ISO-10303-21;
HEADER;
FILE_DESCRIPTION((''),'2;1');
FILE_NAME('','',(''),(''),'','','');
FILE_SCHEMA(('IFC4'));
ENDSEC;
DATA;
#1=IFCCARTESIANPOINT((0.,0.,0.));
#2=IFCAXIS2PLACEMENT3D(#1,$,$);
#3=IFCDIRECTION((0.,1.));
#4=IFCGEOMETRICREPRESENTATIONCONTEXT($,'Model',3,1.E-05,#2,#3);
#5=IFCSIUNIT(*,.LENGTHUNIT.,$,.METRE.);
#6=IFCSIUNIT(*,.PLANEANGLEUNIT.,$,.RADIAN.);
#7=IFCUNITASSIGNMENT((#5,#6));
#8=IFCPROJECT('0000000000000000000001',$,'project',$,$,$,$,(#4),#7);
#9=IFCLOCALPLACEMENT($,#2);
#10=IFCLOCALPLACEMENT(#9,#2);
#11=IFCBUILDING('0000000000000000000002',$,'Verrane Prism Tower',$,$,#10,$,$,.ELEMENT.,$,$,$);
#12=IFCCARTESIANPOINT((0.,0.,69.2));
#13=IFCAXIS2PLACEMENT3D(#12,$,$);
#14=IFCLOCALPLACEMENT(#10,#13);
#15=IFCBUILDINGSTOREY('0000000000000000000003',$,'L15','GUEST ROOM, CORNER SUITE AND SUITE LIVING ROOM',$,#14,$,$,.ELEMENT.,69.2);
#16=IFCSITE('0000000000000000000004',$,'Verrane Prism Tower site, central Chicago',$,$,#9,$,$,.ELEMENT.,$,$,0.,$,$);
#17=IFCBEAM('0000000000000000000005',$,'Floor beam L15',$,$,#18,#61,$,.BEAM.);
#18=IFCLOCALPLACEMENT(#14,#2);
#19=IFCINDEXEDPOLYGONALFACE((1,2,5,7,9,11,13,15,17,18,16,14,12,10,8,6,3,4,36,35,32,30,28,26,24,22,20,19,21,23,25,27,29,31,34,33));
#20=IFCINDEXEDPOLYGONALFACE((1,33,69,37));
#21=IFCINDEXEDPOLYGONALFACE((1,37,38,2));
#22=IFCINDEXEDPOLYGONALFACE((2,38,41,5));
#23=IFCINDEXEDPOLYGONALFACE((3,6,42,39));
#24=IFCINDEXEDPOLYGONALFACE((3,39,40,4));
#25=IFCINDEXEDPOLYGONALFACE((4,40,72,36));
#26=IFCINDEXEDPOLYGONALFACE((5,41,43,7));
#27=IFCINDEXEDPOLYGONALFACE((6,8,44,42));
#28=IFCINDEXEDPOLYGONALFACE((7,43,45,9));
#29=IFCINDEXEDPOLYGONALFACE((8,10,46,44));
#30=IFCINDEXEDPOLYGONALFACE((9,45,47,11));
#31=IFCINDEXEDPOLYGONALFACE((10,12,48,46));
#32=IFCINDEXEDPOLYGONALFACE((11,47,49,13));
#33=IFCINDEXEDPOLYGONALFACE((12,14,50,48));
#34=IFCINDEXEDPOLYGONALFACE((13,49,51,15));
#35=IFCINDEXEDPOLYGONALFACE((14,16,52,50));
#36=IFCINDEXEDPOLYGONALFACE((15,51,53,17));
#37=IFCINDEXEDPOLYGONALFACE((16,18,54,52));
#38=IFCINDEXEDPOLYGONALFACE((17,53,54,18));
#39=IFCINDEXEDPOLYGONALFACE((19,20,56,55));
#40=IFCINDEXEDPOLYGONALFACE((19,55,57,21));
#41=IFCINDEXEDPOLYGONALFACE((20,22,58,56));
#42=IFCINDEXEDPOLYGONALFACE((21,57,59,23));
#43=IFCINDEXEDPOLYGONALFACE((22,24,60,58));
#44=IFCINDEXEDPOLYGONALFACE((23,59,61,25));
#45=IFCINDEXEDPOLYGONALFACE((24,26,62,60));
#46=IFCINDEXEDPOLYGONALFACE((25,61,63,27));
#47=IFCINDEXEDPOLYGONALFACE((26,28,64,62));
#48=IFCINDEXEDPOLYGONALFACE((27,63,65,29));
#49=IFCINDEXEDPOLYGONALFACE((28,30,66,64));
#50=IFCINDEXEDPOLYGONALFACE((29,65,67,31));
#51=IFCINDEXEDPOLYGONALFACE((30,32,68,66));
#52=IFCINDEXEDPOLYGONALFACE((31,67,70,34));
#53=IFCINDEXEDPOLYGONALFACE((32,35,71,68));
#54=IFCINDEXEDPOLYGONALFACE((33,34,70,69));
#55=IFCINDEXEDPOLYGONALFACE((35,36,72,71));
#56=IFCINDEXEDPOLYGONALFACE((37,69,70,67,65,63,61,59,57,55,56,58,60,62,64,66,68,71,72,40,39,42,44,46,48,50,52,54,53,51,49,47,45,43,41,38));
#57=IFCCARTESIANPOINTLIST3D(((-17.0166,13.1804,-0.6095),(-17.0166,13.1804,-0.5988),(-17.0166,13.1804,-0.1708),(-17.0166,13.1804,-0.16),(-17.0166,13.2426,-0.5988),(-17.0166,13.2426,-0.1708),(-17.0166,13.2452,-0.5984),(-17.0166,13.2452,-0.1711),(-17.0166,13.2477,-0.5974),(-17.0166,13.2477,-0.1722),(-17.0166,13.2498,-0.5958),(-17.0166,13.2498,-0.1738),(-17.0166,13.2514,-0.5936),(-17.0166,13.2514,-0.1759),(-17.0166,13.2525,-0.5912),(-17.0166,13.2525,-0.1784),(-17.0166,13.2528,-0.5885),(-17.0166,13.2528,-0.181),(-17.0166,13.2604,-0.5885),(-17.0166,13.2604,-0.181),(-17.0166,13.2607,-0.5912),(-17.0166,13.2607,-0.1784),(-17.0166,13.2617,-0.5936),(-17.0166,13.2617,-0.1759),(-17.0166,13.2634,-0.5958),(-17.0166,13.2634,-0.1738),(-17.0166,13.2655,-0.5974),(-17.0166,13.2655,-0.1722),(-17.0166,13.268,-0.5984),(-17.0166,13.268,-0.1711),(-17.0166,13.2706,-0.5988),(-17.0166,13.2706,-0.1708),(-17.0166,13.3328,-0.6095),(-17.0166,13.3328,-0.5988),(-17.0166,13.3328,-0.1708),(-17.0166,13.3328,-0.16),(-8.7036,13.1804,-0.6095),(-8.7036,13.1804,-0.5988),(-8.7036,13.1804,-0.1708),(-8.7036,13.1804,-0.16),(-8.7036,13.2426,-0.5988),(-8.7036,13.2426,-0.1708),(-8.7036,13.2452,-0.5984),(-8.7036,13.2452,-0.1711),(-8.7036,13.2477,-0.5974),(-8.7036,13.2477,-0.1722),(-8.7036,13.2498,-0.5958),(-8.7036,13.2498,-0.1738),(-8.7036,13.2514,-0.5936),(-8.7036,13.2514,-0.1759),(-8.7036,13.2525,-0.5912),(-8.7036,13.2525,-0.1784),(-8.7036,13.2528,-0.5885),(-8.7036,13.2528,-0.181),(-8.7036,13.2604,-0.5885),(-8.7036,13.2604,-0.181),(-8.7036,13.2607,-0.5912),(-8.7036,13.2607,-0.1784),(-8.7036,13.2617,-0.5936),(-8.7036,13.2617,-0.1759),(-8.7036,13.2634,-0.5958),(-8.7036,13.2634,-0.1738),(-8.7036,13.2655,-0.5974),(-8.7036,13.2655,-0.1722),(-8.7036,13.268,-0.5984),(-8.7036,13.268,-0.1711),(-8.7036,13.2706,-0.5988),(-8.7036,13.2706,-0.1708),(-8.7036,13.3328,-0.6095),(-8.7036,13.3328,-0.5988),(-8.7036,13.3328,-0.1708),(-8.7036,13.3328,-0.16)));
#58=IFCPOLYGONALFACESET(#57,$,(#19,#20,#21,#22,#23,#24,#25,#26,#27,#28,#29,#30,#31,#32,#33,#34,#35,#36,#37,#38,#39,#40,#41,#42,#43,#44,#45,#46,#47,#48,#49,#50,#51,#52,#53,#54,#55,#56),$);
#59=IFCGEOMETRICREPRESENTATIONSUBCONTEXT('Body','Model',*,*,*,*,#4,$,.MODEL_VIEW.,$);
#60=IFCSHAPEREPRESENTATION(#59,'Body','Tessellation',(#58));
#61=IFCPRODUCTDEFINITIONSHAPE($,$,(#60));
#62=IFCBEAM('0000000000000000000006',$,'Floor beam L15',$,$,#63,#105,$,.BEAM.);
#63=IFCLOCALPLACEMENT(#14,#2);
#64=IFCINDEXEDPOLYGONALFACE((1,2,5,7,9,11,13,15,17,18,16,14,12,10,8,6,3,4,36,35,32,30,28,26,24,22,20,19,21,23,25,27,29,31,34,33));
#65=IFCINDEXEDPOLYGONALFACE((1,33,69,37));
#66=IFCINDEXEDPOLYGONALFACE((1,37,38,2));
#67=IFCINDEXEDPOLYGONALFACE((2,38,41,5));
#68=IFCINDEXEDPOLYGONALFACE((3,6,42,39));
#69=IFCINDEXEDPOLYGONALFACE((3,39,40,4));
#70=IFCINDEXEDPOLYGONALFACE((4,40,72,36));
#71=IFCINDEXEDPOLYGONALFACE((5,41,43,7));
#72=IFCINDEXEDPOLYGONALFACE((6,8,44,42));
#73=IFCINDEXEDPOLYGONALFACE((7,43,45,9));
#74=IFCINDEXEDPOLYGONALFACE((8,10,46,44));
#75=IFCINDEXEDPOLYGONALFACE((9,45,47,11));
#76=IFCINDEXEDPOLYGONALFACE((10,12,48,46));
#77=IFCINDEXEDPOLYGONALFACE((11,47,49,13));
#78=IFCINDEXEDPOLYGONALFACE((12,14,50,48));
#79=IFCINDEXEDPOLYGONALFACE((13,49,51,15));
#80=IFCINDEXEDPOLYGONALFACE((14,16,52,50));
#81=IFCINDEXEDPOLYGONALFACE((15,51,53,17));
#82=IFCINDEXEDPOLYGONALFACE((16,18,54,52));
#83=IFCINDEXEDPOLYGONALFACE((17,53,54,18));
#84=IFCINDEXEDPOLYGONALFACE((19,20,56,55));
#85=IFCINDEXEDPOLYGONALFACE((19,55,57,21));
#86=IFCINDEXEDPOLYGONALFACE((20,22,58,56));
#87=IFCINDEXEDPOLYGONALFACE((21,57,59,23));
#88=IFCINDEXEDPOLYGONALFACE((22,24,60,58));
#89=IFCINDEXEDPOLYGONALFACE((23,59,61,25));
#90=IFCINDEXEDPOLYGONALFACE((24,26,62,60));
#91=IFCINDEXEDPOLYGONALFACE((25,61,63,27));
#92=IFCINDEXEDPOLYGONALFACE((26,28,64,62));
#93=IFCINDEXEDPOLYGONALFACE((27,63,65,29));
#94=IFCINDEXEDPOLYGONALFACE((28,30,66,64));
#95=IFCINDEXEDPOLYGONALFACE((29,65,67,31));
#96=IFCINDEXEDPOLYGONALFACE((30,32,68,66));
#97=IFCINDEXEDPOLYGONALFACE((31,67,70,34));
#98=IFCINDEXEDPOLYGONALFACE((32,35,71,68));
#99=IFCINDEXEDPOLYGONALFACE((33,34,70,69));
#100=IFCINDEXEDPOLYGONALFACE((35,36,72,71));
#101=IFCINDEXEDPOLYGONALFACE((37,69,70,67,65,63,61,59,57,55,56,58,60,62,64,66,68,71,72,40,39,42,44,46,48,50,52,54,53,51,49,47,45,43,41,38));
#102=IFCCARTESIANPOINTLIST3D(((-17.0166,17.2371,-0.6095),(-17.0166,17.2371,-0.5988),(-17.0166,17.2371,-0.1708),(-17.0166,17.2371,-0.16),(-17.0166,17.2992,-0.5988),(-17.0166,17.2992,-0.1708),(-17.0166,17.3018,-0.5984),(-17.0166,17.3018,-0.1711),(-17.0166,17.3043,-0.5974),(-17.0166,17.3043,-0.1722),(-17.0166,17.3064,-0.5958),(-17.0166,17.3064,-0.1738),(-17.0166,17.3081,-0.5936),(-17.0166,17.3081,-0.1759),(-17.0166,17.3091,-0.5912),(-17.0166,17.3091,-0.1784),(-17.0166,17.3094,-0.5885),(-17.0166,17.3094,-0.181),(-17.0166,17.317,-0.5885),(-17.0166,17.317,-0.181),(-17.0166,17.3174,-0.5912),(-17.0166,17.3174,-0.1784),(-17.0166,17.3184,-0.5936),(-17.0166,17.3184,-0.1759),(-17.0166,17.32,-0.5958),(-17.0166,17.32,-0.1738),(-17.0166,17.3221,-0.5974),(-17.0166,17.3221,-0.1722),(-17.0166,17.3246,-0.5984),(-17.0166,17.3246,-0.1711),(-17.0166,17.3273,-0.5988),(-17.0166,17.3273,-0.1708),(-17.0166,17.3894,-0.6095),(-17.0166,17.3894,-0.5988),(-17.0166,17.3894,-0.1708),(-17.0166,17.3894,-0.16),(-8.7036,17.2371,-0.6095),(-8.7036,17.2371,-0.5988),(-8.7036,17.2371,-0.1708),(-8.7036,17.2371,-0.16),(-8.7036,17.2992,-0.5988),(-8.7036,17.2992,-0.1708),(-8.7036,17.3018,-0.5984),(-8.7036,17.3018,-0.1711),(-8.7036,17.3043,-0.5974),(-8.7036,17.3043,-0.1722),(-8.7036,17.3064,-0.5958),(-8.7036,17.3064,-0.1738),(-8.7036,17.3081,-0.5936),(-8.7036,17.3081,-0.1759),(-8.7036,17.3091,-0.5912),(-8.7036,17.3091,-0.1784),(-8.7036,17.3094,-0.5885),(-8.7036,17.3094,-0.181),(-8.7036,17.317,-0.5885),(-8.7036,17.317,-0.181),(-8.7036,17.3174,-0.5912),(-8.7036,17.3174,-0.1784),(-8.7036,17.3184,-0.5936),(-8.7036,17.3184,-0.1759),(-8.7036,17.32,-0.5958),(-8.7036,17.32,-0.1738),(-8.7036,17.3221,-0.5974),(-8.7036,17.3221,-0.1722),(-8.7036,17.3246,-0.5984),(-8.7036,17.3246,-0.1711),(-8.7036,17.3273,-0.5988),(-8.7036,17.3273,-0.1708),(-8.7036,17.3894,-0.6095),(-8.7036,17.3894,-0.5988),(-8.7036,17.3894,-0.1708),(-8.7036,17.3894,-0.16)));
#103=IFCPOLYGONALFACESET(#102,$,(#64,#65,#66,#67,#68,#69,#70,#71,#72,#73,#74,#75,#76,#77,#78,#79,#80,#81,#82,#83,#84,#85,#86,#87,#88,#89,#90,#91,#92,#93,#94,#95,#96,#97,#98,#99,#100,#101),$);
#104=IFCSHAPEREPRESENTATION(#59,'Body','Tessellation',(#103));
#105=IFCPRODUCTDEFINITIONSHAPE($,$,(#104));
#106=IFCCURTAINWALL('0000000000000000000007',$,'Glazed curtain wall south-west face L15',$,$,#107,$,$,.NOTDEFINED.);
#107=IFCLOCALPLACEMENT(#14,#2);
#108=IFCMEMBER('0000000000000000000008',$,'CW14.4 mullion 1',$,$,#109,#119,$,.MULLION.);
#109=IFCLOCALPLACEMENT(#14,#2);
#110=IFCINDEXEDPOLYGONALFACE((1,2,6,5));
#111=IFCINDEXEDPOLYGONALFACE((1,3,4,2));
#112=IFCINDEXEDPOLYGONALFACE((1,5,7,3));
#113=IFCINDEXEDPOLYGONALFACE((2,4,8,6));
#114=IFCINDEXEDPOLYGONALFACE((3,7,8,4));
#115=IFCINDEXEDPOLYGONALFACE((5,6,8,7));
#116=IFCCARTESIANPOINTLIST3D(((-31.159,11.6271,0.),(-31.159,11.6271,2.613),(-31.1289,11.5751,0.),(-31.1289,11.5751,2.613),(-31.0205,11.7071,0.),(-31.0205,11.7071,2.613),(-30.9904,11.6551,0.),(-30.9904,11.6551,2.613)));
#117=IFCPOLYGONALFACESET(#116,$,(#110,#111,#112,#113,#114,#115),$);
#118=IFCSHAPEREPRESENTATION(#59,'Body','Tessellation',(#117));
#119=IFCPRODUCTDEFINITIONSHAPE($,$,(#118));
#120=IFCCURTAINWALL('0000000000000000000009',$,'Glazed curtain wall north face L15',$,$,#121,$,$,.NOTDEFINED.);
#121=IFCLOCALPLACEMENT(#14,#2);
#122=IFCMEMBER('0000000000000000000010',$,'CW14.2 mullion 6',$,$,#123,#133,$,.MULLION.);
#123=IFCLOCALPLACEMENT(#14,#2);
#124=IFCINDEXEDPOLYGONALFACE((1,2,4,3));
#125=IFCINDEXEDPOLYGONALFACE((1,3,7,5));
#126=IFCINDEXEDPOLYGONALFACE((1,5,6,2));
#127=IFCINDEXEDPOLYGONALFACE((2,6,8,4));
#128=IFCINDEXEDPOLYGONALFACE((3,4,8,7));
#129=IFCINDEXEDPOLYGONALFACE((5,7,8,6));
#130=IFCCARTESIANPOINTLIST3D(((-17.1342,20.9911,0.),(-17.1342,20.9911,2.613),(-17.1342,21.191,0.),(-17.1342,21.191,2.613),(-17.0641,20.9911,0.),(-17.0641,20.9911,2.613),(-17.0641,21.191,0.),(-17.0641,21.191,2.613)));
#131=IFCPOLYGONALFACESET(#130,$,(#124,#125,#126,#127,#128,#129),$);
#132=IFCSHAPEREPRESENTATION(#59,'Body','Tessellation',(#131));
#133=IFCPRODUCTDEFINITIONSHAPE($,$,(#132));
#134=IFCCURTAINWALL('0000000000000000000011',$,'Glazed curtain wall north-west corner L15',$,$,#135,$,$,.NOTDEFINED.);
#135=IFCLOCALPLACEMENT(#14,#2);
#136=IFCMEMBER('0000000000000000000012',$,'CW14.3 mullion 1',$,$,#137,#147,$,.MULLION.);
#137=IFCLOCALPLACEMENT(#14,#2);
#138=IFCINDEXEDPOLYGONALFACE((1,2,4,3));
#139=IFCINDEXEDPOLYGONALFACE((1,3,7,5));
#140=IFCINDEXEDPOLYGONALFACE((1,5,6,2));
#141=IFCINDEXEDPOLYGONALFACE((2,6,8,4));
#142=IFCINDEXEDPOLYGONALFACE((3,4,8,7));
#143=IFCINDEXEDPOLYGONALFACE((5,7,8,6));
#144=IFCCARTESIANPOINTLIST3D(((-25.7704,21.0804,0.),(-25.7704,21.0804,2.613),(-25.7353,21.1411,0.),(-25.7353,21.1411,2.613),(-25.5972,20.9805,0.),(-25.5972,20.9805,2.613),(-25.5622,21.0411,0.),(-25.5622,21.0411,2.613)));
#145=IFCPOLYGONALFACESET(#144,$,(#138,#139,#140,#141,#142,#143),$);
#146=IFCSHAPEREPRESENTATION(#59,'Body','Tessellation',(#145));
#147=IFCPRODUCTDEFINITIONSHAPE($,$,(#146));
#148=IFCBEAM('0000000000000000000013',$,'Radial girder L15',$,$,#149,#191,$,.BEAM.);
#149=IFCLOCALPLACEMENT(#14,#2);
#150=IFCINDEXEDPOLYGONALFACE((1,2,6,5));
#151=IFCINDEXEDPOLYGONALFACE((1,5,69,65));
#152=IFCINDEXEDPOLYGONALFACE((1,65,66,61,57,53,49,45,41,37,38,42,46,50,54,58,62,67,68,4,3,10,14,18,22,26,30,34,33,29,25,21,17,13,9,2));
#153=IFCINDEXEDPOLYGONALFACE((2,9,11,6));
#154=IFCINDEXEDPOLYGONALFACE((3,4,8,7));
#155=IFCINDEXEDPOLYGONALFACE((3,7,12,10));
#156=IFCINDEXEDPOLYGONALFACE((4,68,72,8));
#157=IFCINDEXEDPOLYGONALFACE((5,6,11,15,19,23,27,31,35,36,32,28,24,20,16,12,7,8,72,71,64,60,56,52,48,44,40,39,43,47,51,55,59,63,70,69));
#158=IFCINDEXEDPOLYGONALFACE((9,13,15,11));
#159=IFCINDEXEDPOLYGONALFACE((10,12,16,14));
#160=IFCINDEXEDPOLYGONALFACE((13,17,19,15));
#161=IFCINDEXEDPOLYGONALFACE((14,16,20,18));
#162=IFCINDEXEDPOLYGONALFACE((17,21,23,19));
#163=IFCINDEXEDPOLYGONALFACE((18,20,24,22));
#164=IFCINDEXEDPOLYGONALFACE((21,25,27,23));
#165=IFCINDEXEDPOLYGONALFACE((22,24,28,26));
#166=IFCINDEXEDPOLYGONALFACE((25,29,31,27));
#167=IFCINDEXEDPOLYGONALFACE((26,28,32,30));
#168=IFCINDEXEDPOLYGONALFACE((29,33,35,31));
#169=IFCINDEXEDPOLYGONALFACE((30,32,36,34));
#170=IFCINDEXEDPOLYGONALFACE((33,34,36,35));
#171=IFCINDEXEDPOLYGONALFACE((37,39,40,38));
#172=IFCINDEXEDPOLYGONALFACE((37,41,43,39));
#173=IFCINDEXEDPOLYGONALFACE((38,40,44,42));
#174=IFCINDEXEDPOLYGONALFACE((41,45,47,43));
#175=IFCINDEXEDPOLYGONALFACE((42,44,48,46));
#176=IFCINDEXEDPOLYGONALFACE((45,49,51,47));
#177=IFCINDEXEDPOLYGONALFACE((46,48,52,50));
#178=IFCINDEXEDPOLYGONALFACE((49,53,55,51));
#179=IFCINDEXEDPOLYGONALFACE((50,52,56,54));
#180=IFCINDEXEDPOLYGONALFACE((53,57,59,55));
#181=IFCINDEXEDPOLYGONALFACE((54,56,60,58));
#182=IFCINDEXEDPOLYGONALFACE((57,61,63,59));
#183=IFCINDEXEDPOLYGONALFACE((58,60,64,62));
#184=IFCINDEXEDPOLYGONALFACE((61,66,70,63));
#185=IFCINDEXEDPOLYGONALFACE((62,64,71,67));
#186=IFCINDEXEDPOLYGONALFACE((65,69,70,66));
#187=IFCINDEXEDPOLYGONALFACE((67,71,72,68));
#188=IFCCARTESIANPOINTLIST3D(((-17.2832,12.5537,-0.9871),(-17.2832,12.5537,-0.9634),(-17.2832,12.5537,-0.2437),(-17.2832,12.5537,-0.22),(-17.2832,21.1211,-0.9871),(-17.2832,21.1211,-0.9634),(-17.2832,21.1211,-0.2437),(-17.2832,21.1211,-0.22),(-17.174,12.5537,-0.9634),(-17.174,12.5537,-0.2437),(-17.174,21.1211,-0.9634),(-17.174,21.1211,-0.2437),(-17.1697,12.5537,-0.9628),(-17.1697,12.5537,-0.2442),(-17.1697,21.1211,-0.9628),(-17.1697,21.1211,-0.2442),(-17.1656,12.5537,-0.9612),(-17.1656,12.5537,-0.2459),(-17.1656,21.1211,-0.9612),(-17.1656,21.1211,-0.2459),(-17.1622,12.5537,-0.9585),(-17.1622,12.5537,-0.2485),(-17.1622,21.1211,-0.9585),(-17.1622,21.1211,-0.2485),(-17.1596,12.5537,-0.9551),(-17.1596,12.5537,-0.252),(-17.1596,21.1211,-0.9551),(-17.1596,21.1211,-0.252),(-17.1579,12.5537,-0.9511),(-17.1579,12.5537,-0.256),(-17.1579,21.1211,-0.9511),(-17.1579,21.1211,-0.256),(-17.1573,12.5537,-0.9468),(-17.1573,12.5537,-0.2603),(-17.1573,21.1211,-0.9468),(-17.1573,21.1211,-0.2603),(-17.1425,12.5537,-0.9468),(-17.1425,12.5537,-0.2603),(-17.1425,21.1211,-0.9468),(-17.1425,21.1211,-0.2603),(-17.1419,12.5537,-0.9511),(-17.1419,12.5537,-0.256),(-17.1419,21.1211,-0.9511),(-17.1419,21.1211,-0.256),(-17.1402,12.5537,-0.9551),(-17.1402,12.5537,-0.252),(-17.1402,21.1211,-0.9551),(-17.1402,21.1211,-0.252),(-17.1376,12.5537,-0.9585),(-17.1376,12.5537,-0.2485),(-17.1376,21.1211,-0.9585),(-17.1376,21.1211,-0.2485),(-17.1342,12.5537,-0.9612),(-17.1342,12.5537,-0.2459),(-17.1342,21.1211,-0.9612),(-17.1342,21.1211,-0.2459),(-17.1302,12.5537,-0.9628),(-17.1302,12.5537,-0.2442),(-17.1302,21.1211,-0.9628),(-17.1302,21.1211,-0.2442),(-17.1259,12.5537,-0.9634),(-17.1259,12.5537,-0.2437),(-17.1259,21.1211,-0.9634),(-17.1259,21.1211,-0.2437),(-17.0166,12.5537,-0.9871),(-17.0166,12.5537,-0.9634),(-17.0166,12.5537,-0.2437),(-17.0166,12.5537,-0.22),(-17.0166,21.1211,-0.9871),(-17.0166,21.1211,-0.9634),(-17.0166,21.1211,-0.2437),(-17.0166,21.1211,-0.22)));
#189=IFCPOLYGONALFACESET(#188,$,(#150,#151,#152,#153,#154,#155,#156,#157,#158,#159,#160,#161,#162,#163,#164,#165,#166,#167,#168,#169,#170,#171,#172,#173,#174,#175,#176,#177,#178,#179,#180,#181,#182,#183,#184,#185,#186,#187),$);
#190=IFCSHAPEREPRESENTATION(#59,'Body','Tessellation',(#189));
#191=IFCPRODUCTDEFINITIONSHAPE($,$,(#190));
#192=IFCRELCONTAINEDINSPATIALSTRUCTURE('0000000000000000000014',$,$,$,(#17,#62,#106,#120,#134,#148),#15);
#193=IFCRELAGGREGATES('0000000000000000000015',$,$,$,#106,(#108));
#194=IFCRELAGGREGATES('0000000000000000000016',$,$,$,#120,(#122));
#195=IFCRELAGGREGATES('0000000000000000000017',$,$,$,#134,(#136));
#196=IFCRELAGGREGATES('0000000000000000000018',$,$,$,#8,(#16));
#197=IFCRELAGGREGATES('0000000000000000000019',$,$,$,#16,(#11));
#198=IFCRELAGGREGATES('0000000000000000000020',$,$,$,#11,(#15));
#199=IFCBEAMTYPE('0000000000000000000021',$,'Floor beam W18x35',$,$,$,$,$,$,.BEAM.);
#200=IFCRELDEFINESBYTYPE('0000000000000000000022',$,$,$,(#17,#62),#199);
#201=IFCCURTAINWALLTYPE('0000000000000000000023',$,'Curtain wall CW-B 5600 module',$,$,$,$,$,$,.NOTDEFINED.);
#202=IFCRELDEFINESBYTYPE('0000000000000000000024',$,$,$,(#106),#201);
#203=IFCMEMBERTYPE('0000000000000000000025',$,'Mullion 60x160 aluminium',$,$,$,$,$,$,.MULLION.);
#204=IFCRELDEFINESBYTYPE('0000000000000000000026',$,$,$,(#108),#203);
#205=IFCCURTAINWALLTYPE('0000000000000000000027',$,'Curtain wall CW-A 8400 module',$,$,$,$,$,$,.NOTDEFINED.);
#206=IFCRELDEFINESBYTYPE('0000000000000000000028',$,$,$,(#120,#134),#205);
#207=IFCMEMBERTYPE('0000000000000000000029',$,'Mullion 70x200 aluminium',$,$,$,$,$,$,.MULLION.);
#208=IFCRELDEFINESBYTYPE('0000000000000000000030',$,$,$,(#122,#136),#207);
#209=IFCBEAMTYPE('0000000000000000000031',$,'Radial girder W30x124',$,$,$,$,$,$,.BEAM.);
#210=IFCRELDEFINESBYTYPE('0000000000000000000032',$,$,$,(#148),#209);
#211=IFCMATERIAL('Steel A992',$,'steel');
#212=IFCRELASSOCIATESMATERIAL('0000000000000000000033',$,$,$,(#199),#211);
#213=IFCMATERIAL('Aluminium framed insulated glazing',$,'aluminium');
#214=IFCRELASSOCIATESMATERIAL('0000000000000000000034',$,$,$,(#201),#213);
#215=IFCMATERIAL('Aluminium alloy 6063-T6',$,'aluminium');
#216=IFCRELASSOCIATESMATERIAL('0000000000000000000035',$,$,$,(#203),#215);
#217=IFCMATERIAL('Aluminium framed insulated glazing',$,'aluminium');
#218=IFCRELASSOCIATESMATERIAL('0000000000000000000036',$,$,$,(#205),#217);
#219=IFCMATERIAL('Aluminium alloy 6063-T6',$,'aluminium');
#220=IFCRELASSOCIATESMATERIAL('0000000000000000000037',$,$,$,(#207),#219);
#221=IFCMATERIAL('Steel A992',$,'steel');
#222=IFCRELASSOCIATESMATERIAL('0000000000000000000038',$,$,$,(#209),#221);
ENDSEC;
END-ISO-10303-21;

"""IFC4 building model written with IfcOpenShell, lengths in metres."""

from ifc_helpers import new_model, si_unit, direction, frame, origin, origin_2d, place, context, subcontext, project, spatial, rectangle, i_section, extrude, material, material_profile, profile_set, type_object, element, aggregate, save


model = new_model("IFC4")

# Units and contexts
model_context = context("Model", 3, precision=1e-05, world=origin(), true_north=direction((0.0, 1.0)))
body_context = subcontext(model_context, "Body", "Model", "MODEL_VIEW")
ifc_project = project(units=[si_unit("LENGTHUNIT", "METRE"), si_unit("PLANEANGLEUNIT", "RADIAN")], contexts=[model_context])

# Site, building, storey
site_placement = place(None, origin())
site = spatial("IfcSite", under=ifc_project, at=site_placement, Name="Verrane Prism Tower site, central Chicago", CompositionType="ELEMENT", RefElevation=0.0)
building_placement = place(site_placement, origin())
building = spatial("IfcBuilding", under=site, at=building_placement, Name="Verrane Prism Tower", CompositionType="ELEMENT")
storey_placement = place(building_placement, frame((0.0, 0.0, 69.2)))
storey = spatial("IfcBuildingStorey", under=building, at=storey_placement, Name="L15", Description="GUEST ROOM, CORNER SUITE AND SUITE LIVING ROOM", CompositionType="ELEMENT", Elevation=69.2)

# Beams
ifc_material_1 = material(Name="Steel A992", Category="steel")
ifc_material_profile_1 = material_profile(ifc_material_1, i_section(OverallWidth=0.1523, OverallDepth=0.4495, WebThickness=0.0076, FlangeThickness=0.0107, FilletRadius=0.0103, at=origin_2d()), Name="W18x35")
ifc_profile_set_1 = profile_set([ifc_material_profile_1], Name="Steel A992")
beam_type_1 = type_object("IfcBeamType", Name="Floor beam W18x35", PredefinedType="BEAM", material=ifc_profile_set_1)
for number, where, z_axis, x_axis, name in (
    (1, (-17.0166, 13.2566, -0.3848), (1.0, 0.0, 0.0), (0.0, 1.0, 0.0), "Floor beam L15"),
    (2, (-17.0166, 17.3132, -0.3848), (1.0, 0.0, 0.0), (0.0, 1.0, 0.0), "Floor beam L15"),
):
    element("IfcBeam", number, at=place(storey_placement, frame(where, z_axis=z_axis, x_axis=x_axis)), inside=storey, type_object=beam_type_1, Name=name, PredefinedType="BEAM", context=body_context, shape_type="SweptSolid", body=[
        extrude(i_section(OverallWidth=0.1523, OverallDepth=0.4495, WebThickness=0.0076, FlangeThickness=0.0107, FilletRadius=0.0103, at=origin_2d()), origin(), (0.0, 0.0, 1.0), 8.313),
    ])

# Curtain walls, members
ifc_material_2 = material(Name="Aluminium framed insulated glazing", Category="aluminium")
curtain_wall_type_1 = type_object("IfcCurtainWallType", Name="Curtain wall CW-B 5600 module", PredefinedType="NOTDEFINED", material=ifc_material_2)
curtain_wall_1_placement = place(storey_placement, origin())
curtain_wall_1 = element("IfcCurtainWall", 3, at=curtain_wall_1_placement, inside=storey, type_object=curtain_wall_type_1, Name="Glazed curtain wall south-west face L15", PredefinedType="NOTDEFINED")
ifc_material_3 = material(Name="Aluminium alloy 6063-T6", Category="aluminium")
ifc_material_profile_2 = material_profile(ifc_material_3, rectangle(XDim=0.1599, YDim=0.0601, at=origin_2d()), Name="Mullion 60x160 aluminium")
ifc_profile_set_2 = profile_set([ifc_material_profile_2], Name="Aluminium alloy 6063-T6")
member_type_1 = type_object("IfcMemberType", Name="Mullion 60x160 aluminium", PredefinedType="MULLION", material=ifc_profile_set_2)
member_1_placement = place(storey_placement, frame((-31.0747, 11.6411, 0.0), z_axis=(0.0, 0.0, 1.0), x_axis=(0.866025, 0.5, 0.0)))
member_1 = element("IfcMember", 4, at=member_1_placement, type_object=member_type_1, Name="CW14.4 mullion 1", PredefinedType="MULLION", context=body_context, shape_type="SweptSolid", body=[
    extrude(rectangle(XDim=0.1599, YDim=0.0601, at=origin_2d()), origin(), (0.0, 0.0, 1.0), 2.613),
])
ifc_material_4 = material(Name="Aluminium framed insulated glazing", Category="aluminium")
curtain_wall_type_2 = type_object("IfcCurtainWallType", Name="Curtain wall CW-A 8400 module", PredefinedType="NOTDEFINED", material=ifc_material_4)
curtain_wall_2_placement = place(storey_placement, origin())
curtain_wall_2 = element("IfcCurtainWall", 5, at=curtain_wall_2_placement, inside=storey, type_object=curtain_wall_type_2, Name="Glazed curtain wall north face L15", PredefinedType="NOTDEFINED")
ifc_material_5 = material(Name="Aluminium alloy 6063-T6", Category="aluminium")
ifc_material_profile_3 = material_profile(ifc_material_5, rectangle(XDim=0.2, YDim=0.0701, at=origin_2d()), Name="Mullion 70x200 aluminium")
ifc_profile_set_3 = profile_set([ifc_material_profile_3], Name="Aluminium alloy 6063-T6")
member_type_2 = type_object("IfcMemberType", Name="Mullion 70x200 aluminium", PredefinedType="MULLION", material=ifc_profile_set_3)
member_2_placement = place(storey_placement, frame((-17.0991, 21.0911, 0.0), z_axis=(0.0, 0.0, 1.0), x_axis=(0.0, -1.0, 0.0)))
member_2 = element("IfcMember", 6, at=member_2_placement, type_object=member_type_2, Name="CW14.2 mullion 6", PredefinedType="MULLION", context=body_context, shape_type="SweptSolid", body=[
    extrude(rectangle(XDim=0.2, YDim=0.0701, at=origin_2d()), origin(), (0.0, 0.0, 1.0), 2.613),
])
curtain_wall_3_placement = place(storey_placement, origin())
curtain_wall_3 = element("IfcCurtainWall", 7, at=curtain_wall_3_placement, inside=storey, type_object=curtain_wall_type_2, Name="Glazed curtain wall north-west corner L15", PredefinedType="NOTDEFINED")
member_3_placement = place(storey_placement, frame((-25.6663, 21.0608, 0.0), z_axis=(0.0, 0.0, 1.0), x_axis=(0.866027, -0.499997, 0.0)))
member_3 = element("IfcMember", 8, at=member_3_placement, type_object=member_type_2, Name="CW14.3 mullion 1", PredefinedType="MULLION", context=body_context, shape_type="SweptSolid", body=[
    extrude(rectangle(XDim=0.2, YDim=0.0701, at=origin_2d()), origin(), (0.0, 0.0, 1.0), 2.613),
])

# Beam
ifc_material_6 = material(Name="Steel A992", Category="steel")
ifc_material_profile_4 = material_profile(ifc_material_6, i_section(OverallWidth=0.2666, OverallDepth=0.7671, WebThickness=0.0149, FlangeThickness=0.0237, FilletRadius=0.0166, at=origin_2d()), Name="W30x124")
ifc_profile_set_4 = profile_set([ifc_material_profile_4], Name="Steel A992")
beam_type_2 = type_object("IfcBeamType", Name="Radial girder W30x124", PredefinedType="BEAM", material=ifc_profile_set_4)
beam_1_placement = place(storey_placement, frame((-17.1499, 21.1211, -0.6035), z_axis=(0.0, -1.0, 0.0), x_axis=(1.0, 0.0, 0.0)))
element("IfcBeam", 9, at=beam_1_placement, inside=storey, type_object=beam_type_2, Name="Radial girder L15", PredefinedType="BEAM", context=body_context, shape_type="SweptSolid", body=[
    extrude(i_section(OverallWidth=0.2666, OverallDepth=0.7671, WebThickness=0.0149, FlangeThickness=0.0237, FilletRadius=0.0166, at=origin_2d()), origin(), (0.0, 0.0, 1.0), 8.5674),
])

aggregate(curtain_wall_1, [member_1])

aggregate(curtain_wall_2, [member_2])
aggregate(curtain_wall_3, [member_3])

save(model, "model.ifc")
